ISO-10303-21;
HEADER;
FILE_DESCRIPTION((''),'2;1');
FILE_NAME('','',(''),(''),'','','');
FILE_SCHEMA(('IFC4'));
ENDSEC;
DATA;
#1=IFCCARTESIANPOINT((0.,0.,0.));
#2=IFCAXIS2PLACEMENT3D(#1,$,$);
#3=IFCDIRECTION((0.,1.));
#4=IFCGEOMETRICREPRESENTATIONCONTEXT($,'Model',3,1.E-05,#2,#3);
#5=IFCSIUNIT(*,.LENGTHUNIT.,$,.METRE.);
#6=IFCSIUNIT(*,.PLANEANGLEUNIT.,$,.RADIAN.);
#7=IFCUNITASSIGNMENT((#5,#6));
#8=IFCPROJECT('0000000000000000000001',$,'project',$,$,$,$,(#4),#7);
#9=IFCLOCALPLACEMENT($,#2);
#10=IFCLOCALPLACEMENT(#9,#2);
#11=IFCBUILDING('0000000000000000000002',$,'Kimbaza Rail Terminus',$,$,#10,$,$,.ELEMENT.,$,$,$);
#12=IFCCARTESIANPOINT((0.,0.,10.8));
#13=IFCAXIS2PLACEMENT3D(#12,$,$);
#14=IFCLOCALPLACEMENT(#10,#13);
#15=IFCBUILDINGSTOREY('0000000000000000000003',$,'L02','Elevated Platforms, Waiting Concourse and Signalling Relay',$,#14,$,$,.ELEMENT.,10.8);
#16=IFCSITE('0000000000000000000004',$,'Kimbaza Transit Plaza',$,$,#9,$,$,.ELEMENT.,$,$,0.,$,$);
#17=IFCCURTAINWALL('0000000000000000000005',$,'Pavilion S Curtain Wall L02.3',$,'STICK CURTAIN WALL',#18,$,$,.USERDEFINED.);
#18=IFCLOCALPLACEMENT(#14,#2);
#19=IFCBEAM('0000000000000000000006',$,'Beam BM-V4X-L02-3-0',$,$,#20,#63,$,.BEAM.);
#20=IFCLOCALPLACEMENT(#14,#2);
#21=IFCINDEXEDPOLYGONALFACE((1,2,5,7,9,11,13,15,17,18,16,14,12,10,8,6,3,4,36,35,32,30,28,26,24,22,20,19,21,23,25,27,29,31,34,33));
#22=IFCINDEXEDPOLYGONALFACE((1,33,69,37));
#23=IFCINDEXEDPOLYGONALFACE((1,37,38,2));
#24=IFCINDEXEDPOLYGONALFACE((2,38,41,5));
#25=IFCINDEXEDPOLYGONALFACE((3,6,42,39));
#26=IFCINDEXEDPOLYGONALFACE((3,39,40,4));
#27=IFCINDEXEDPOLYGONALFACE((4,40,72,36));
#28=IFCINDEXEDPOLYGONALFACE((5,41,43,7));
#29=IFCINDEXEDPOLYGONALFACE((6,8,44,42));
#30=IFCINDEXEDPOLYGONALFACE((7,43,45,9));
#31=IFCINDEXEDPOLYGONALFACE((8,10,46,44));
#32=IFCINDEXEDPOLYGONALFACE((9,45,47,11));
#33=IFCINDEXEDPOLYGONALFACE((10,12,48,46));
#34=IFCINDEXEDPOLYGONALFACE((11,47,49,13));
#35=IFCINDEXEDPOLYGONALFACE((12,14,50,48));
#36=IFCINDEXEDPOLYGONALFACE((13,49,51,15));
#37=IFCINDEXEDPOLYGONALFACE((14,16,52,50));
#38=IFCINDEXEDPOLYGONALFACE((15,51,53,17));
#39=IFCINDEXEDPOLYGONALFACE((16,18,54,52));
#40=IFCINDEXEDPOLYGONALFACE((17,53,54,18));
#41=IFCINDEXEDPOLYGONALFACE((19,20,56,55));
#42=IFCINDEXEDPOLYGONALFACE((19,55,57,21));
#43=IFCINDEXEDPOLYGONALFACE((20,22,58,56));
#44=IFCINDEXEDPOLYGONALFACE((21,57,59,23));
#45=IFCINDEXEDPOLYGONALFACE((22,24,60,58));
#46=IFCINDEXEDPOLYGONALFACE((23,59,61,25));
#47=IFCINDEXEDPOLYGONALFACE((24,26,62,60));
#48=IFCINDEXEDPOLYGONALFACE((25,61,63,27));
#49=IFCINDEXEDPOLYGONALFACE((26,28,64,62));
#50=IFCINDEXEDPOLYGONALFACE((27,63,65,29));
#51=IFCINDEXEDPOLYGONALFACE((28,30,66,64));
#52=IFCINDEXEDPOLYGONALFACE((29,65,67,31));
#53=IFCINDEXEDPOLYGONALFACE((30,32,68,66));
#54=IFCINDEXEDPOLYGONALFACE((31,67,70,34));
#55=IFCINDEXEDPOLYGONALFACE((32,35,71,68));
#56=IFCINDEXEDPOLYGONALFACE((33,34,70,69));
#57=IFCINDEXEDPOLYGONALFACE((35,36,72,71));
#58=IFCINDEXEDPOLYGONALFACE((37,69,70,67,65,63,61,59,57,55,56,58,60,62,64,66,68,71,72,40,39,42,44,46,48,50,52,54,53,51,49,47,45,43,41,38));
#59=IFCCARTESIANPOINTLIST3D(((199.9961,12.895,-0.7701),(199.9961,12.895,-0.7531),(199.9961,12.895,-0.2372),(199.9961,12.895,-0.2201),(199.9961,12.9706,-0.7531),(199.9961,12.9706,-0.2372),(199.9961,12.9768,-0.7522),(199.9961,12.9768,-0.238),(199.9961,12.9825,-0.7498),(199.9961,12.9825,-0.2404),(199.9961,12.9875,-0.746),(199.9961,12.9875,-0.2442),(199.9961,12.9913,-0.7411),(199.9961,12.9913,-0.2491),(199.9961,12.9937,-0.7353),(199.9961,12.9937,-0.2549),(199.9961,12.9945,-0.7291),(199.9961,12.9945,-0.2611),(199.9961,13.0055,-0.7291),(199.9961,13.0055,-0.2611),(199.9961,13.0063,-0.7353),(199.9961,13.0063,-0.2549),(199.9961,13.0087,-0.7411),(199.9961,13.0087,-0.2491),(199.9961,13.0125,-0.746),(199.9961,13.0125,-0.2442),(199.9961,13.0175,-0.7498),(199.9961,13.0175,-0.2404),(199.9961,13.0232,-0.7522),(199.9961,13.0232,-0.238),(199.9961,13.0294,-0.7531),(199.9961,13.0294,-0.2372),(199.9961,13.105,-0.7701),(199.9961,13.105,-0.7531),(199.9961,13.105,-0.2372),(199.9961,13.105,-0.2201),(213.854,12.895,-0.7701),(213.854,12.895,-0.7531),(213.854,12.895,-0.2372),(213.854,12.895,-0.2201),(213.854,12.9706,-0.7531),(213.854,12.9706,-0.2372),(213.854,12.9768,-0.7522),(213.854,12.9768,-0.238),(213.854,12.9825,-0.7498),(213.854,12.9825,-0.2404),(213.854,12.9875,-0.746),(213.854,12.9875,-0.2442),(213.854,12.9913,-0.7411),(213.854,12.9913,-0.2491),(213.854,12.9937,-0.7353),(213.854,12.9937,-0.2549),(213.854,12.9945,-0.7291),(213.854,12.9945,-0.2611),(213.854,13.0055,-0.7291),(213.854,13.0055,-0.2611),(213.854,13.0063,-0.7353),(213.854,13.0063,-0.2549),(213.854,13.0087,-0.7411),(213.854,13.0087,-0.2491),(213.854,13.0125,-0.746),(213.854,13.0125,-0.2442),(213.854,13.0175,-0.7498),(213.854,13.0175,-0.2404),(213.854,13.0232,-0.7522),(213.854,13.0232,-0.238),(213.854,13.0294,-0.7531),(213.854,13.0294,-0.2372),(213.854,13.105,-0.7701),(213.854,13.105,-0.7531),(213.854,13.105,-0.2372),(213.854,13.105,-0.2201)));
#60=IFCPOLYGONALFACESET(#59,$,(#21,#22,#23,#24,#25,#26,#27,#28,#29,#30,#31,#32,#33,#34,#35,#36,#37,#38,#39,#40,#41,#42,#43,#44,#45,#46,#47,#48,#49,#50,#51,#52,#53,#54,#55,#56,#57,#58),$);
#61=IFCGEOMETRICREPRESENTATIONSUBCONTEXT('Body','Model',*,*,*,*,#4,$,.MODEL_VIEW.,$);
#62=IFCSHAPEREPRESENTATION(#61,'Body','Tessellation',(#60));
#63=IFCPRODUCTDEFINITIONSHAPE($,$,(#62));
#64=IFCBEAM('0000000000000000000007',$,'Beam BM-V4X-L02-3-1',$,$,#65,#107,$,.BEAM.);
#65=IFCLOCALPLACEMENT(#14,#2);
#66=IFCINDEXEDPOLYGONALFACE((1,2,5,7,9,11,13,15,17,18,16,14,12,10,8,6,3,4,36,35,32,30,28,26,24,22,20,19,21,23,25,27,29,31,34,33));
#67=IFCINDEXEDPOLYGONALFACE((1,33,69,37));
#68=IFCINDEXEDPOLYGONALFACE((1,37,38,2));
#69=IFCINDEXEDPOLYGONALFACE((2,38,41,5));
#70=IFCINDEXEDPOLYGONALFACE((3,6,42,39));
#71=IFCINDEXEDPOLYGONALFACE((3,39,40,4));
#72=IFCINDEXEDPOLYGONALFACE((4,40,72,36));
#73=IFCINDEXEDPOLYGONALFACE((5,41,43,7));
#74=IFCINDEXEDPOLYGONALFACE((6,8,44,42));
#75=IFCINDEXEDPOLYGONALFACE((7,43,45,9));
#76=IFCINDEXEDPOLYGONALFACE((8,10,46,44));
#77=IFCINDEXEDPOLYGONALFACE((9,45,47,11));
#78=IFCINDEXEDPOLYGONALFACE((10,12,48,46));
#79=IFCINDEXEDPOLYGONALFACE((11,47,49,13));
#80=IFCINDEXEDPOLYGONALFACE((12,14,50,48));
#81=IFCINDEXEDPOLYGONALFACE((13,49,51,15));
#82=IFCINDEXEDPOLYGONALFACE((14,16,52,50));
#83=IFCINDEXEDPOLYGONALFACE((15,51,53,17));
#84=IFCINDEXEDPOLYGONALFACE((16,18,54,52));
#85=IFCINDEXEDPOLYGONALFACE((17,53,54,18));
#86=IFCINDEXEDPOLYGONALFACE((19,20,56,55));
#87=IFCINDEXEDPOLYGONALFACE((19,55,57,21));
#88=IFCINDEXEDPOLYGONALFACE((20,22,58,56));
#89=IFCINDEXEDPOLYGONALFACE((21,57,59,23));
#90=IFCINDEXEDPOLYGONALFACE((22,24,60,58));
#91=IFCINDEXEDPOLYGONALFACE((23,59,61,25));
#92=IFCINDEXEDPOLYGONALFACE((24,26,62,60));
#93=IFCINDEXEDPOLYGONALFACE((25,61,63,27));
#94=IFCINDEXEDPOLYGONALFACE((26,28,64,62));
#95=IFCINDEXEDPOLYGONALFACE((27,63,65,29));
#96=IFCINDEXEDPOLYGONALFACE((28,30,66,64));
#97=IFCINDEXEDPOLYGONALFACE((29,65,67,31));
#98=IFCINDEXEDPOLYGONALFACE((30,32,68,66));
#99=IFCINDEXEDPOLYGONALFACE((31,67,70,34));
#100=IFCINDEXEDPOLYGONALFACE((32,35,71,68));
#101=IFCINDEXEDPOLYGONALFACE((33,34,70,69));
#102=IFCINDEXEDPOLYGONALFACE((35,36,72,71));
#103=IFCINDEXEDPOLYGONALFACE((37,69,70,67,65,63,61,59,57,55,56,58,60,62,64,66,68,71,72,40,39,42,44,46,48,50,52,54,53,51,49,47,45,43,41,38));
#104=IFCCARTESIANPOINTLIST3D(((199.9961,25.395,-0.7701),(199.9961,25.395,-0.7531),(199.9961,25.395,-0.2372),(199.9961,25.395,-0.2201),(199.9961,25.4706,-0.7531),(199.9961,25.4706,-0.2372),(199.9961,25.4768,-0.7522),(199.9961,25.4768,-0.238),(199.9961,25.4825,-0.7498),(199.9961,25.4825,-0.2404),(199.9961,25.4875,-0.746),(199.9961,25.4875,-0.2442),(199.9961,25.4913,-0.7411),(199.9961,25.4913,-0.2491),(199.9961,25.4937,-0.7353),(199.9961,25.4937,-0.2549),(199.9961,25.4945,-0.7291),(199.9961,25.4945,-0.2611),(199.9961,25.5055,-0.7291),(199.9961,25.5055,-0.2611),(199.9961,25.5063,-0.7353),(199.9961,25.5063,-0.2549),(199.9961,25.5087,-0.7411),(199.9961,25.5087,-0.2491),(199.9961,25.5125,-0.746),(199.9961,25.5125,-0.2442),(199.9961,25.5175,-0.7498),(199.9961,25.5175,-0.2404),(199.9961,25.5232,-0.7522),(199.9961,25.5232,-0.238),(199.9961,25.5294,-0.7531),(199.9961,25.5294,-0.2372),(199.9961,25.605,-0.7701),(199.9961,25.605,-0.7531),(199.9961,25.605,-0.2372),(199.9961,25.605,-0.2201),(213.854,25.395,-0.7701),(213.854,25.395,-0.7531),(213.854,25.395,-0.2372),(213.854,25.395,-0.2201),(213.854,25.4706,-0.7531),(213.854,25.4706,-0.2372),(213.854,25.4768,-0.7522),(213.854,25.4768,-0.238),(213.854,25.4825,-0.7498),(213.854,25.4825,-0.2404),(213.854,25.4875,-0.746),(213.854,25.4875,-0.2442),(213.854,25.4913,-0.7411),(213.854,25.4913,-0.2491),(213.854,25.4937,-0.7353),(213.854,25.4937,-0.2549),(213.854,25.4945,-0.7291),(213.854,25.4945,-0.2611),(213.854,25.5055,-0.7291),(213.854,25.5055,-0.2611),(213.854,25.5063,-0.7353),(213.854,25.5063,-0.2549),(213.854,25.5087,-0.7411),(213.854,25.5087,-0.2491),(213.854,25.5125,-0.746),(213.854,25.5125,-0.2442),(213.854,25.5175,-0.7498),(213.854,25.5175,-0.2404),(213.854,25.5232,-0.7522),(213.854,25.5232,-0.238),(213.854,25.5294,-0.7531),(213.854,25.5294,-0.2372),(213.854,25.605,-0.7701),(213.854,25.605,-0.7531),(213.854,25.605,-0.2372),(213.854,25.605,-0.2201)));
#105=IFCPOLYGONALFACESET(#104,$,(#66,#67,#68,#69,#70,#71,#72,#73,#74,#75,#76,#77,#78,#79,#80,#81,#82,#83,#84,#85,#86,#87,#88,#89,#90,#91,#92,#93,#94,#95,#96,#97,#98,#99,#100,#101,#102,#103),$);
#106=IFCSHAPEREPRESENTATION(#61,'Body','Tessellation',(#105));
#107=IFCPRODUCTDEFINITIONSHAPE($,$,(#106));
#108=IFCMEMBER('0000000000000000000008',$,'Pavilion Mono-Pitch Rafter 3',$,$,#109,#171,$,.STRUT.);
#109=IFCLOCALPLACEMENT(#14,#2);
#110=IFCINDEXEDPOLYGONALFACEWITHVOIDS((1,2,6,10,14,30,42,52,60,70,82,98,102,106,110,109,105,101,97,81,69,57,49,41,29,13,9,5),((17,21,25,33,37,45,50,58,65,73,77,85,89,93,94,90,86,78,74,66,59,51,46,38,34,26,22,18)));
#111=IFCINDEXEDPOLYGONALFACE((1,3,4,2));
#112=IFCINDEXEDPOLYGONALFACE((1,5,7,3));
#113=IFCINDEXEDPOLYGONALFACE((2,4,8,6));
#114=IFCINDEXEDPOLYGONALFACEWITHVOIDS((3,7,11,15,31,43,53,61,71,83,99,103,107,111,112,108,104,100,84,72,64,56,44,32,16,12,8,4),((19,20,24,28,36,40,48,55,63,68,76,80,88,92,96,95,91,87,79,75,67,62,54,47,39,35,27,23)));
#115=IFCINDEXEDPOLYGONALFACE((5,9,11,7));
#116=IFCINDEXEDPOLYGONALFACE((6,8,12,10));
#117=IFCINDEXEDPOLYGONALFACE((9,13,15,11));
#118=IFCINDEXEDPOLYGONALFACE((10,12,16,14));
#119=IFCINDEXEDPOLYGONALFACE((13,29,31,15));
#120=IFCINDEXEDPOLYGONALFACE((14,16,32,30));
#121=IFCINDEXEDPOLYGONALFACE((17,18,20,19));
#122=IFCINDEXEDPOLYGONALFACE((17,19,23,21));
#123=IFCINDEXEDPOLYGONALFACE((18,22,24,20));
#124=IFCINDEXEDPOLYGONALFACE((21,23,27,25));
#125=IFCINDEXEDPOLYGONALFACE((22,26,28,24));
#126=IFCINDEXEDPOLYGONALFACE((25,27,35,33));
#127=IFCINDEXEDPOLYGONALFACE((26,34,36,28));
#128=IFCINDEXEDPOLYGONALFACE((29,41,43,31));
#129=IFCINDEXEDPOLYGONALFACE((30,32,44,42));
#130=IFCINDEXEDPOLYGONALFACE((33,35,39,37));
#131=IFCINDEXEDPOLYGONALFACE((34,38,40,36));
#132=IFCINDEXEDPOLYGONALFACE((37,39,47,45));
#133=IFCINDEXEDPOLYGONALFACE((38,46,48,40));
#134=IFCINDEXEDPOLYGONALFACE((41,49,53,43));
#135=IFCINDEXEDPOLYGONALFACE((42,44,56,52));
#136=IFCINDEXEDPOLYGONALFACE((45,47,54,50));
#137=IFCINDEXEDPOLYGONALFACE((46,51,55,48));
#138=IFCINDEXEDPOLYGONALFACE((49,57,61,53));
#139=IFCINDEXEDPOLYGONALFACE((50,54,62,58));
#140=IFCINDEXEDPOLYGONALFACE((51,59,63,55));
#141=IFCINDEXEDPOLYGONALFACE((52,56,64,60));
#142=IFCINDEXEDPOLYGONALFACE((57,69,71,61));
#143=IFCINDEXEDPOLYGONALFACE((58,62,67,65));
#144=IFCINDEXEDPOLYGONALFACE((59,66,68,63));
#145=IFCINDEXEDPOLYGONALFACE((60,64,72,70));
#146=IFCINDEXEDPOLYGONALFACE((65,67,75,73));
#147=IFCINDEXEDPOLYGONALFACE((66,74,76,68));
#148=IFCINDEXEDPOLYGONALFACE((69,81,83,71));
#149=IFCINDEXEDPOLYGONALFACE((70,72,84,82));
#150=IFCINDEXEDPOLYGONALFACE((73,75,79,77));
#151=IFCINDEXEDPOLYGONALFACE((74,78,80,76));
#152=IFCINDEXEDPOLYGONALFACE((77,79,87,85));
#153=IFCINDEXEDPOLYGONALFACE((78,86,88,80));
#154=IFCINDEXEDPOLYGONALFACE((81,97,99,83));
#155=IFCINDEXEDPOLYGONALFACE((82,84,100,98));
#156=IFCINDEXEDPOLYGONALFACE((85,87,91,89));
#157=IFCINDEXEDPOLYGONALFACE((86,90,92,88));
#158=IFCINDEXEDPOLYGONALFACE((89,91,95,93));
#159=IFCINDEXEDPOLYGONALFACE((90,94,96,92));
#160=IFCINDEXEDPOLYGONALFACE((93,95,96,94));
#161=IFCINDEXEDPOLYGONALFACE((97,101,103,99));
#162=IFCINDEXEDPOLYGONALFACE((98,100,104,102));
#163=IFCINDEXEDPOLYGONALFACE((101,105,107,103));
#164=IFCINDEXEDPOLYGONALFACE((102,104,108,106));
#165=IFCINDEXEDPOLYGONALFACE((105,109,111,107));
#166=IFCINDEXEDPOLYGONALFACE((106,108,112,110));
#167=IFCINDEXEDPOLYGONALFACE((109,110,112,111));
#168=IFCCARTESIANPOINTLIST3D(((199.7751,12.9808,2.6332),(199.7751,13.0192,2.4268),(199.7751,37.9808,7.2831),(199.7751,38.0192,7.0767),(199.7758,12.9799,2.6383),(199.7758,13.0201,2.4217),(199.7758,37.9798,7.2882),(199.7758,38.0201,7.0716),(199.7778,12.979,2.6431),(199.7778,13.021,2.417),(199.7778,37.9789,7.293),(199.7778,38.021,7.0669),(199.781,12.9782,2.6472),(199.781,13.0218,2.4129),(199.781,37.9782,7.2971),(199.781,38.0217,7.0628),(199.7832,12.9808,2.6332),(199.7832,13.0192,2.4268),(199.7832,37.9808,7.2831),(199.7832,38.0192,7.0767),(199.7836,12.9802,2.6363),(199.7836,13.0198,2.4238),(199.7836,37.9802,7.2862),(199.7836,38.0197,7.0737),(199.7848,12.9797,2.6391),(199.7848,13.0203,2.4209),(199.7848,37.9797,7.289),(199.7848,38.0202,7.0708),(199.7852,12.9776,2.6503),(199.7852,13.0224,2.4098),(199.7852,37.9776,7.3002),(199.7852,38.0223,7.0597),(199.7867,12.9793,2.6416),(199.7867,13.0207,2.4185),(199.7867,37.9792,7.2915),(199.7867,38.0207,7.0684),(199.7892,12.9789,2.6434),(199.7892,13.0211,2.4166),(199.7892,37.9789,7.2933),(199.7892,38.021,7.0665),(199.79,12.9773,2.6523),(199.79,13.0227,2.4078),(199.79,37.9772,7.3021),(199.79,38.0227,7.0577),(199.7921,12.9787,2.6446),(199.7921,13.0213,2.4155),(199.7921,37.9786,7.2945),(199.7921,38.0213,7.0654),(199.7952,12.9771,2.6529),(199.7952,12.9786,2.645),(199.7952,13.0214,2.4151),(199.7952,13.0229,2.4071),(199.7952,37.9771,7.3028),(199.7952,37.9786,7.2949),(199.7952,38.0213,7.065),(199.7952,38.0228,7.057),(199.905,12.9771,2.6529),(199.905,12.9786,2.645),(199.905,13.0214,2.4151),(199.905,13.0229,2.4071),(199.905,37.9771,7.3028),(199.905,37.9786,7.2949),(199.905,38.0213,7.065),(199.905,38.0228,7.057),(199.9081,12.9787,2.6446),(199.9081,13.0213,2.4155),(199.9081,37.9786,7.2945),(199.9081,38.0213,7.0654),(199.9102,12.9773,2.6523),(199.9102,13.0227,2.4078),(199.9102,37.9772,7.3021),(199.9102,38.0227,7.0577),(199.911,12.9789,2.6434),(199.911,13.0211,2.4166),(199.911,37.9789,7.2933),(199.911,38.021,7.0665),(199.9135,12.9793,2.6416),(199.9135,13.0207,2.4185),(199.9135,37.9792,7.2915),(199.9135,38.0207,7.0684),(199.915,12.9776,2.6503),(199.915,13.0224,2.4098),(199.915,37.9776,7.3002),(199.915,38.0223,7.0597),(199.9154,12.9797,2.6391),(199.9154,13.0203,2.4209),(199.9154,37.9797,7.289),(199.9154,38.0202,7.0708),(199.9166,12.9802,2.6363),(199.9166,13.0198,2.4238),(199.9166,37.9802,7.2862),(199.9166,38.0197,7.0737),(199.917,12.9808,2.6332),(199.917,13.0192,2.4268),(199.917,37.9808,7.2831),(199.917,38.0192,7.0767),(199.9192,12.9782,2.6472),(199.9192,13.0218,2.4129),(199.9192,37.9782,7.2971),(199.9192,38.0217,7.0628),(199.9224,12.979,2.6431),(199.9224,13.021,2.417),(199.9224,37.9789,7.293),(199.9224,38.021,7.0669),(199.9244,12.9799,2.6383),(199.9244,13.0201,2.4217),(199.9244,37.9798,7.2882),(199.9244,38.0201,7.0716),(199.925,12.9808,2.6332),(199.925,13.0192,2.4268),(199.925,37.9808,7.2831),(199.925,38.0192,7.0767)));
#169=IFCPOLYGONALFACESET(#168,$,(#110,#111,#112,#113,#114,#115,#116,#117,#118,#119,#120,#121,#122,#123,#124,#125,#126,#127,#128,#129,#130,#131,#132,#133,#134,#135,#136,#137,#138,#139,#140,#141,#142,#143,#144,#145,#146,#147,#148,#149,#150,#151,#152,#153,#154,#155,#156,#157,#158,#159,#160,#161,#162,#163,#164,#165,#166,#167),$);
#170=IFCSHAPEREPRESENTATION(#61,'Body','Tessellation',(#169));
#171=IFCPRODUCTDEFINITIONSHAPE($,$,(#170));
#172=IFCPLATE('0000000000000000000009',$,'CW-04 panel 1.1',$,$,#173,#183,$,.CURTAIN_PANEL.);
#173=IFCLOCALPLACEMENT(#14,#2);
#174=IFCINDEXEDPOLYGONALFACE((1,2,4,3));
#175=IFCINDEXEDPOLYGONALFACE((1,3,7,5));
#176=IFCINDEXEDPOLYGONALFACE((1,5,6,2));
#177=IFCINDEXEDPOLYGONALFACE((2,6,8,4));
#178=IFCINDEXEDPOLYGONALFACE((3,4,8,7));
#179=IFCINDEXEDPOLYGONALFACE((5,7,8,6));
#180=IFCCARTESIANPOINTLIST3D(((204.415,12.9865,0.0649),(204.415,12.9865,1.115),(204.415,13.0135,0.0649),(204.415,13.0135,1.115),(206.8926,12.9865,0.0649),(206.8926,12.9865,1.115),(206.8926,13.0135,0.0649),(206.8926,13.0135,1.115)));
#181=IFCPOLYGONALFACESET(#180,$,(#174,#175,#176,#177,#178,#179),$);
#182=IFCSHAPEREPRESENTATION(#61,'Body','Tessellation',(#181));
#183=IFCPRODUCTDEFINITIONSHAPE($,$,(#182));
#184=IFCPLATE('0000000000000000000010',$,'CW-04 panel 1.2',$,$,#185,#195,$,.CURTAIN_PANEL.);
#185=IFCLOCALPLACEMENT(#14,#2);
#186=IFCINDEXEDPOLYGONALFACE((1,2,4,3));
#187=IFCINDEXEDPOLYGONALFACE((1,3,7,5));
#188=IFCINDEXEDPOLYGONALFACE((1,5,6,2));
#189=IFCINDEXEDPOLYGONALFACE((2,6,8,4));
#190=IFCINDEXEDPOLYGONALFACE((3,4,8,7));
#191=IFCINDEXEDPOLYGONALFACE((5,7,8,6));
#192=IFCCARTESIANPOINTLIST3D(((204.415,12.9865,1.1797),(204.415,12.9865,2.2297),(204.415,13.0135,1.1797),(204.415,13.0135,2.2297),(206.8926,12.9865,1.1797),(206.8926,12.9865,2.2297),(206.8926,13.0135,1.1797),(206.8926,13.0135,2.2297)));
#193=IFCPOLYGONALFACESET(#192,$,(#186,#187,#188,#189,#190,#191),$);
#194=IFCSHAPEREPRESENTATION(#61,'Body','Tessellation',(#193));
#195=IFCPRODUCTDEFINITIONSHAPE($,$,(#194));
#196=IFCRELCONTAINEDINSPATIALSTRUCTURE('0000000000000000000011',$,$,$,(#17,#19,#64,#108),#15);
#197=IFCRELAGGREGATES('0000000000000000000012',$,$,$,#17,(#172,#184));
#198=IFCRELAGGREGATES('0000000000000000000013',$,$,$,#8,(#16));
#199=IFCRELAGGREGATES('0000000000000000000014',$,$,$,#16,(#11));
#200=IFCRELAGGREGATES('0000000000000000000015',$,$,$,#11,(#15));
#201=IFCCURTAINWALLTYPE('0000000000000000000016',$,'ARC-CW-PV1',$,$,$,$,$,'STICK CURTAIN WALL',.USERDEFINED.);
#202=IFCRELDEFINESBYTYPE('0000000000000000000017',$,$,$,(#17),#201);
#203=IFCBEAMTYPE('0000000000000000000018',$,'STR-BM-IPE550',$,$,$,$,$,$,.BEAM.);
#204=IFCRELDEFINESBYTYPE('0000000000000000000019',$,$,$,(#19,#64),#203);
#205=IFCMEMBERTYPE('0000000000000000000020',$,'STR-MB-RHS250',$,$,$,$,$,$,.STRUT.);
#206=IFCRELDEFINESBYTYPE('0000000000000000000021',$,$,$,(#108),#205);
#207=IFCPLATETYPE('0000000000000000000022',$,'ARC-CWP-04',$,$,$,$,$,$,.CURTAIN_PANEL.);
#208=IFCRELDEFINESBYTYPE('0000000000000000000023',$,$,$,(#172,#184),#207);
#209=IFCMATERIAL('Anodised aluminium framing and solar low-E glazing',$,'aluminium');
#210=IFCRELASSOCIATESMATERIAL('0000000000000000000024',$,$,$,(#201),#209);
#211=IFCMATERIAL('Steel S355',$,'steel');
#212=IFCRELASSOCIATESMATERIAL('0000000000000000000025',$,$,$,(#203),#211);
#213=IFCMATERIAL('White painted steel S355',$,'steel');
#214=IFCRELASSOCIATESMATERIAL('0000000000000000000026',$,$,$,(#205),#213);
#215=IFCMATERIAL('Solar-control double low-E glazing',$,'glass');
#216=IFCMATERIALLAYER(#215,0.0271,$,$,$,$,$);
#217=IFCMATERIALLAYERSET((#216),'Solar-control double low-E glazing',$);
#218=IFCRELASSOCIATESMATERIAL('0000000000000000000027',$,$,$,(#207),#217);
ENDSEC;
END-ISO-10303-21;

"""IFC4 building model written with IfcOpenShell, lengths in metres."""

from ifc_helpers import new_model, si_unit, direction, frame, origin, origin_2d, place, context, subcontext, project, spatial, rectangle, hollow_rectangle, i_section, extrude, material, layer, layer_set, material_profile, profile_set, type_object, element, aggregate, save


model = new_model("IFC4")

# Units and contexts
model_context = context("Model", 3, precision=1e-05, world=origin(), true_north=direction((0.0, 1.0)))
body_context = subcontext(model_context, "Body", "Model", "MODEL_VIEW")
ifc_project = project(units=[si_unit("LENGTHUNIT", "METRE"), si_unit("PLANEANGLEUNIT", "RADIAN")], contexts=[model_context])

# Site, building, storey
site_placement = place(None, origin())
site = spatial("IfcSite", under=ifc_project, at=site_placement, Name="Kimbaza Transit Plaza", CompositionType="ELEMENT", RefElevation=0.0)
building_placement = place(site_placement, origin())
building = spatial("IfcBuilding", under=site, at=building_placement, Name="Kimbaza Rail Terminus", CompositionType="ELEMENT")
storey_placement = place(building_placement, frame((0.0, 0.0, 10.8)))
storey = spatial("IfcBuildingStorey", under=building, at=storey_placement, Name="L02", Description="Elevated Platforms, Waiting Concourse and Signalling Relay", CompositionType="ELEMENT", Elevation=10.8)

# Curtain wall
ifc_material_1 = material(Name="Anodised aluminium framing and solar low-E glazing", Category="aluminium")
curtain_wall_type = type_object("IfcCurtainWallType", Name="ARC-CW-PV1", ElementType="STICK CURTAIN WALL", PredefinedType="USERDEFINED", material=ifc_material_1)
curtain_wall_placement = place(storey_placement, origin())
curtain_wall = element("IfcCurtainWall", 1, at=curtain_wall_placement, inside=storey, type_object=curtain_wall_type, Name="Pavilion S Curtain Wall L02.3", ObjectType="STICK CURTAIN WALL", PredefinedType="USERDEFINED")

# Beams
ifc_material_2 = material(Name="Steel S355", Category="steel")
ifc_material_profile_1 = material_profile(ifc_material_2, i_section(OverallWidth=0.21, OverallDepth=0.55, WebThickness=0.011, FlangeThickness=0.0171, FilletRadius=0.0239, at=origin_2d()), Name="IPE 550")
ifc_profile_set_1 = profile_set([ifc_material_profile_1], Name="Steel S355")
beam_type_1 = type_object("IfcBeamType", Name="STR-BM-IPE550", PredefinedType="BEAM", material=ifc_profile_set_1)
for number, where, z_axis, x_axis, name in (
    (2, (199.9961, 13.0, -0.4951), (1.0, 0.0, 0.0), (0.0, 1.0, 0.0), "Beam BM-V4X-L02-3-0"),
    (3, (199.9961, 25.5, -0.4951), (1.0, 0.0, 0.0), (0.0, 1.0, 0.0), "Beam BM-V4X-L02-3-1"),
):
    element("IfcBeam", number, at=place(storey_placement, frame(where, z_axis=z_axis, x_axis=x_axis)), inside=storey, type_object=beam_type_1, Name=name, PredefinedType="BEAM", context=body_context, shape_type="SweptSolid", body=[
        extrude(i_section(OverallWidth=0.21, OverallDepth=0.55, WebThickness=0.011, FlangeThickness=0.0171, FilletRadius=0.0239, at=origin_2d()), origin(), (0.0, 0.0, 1.0), 13.8579),
    ])

# Member
ifc_material_3 = material(Name="White painted steel S355", Category="steel")
ifc_material_profile_2 = material_profile(ifc_material_3, hollow_rectangle(XDim=0.1499, YDim=0.25, WallThickness=0.0081, InnerFilletRadius=0.012, OuterFilletRadius=0.02, at=origin_2d()), Name="RHS 250x150x8")
ifc_profile_set_2 = profile_set([ifc_material_profile_2], Name="White painted steel S355")
member_type_1 = type_object("IfcMemberType", Name="STR-MB-RHS250", PredefinedType="STRUT", material=ifc_profile_set_2)
member_1_placement = place(storey_placement, frame((199.8501, 13.0, 2.53), z_axis=(0.0, 0.983139, 0.18286), x_axis=(-1.0, 0.0, 0.0)))
element("IfcMember", 4, at=member_1_placement, inside=storey, type_object=member_type_1, Name="Pavilion Mono-Pitch Rafter 3", PredefinedType="STRUT", context=body_context, shape_type="SweptSolid", body=[
    extrude(hollow_rectangle(XDim=0.1499, YDim=0.25, WallThickness=0.0081, InnerFilletRadius=0.012, OuterFilletRadius=0.02, at=origin_2d()), origin(), (0.0, 0.0, 1.0), 25.4287),
])

# Plates
ifc_material_4 = material(Name="Solar-control double low-E glazing", Category="glass")
ifc_layer_1 = layer(ifc_material_4, 0.0271)
ifc_layer_set_1 = layer_set([ifc_layer_1], Name="Solar-control double low-E glazing")
plate_type_1 = type_object("IfcPlateType", Name="ARC-CWP-04", PredefinedType="CURTAIN_PANEL", material=ifc_layer_set_1)
plate_1_placement = place(storey_placement, frame((205.6538, 13.0, 0.0649), z_axis=(0.0, 0.0, 1.0), x_axis=(1.0, 0.0, 0.0)))
plate_1 = element("IfcPlate", 5, at=plate_1_placement, type_object=plate_type_1, Name="CW-04 panel 1.1", PredefinedType="CURTAIN_PANEL", context=body_context, shape_type="SweptSolid", body=[
    extrude(rectangle(XDim=2.4775, YDim=0.0271, at=origin_2d()), origin(), (0.0, 0.0, 1.0), 1.05),
])
plate_2_placement = place(storey_placement, frame((205.6538, 13.0, 1.1797), z_axis=(0.0, 0.0, 1.0), x_axis=(1.0, 0.0, 0.0)))
plate_2 = element("IfcPlate", 6, at=plate_2_placement, type_object=plate_type_1, Name="CW-04 panel 1.2", PredefinedType="CURTAIN_PANEL", context=body_context, shape_type="SweptSolid", body=[
    extrude(rectangle(XDim=2.4775, YDim=0.0271, at=origin_2d()), origin(), (0.0, 0.0, 1.0), 1.05),
])
aggregate(curtain_wall, [plate_1, plate_2])

save(model, "model.ifc")
